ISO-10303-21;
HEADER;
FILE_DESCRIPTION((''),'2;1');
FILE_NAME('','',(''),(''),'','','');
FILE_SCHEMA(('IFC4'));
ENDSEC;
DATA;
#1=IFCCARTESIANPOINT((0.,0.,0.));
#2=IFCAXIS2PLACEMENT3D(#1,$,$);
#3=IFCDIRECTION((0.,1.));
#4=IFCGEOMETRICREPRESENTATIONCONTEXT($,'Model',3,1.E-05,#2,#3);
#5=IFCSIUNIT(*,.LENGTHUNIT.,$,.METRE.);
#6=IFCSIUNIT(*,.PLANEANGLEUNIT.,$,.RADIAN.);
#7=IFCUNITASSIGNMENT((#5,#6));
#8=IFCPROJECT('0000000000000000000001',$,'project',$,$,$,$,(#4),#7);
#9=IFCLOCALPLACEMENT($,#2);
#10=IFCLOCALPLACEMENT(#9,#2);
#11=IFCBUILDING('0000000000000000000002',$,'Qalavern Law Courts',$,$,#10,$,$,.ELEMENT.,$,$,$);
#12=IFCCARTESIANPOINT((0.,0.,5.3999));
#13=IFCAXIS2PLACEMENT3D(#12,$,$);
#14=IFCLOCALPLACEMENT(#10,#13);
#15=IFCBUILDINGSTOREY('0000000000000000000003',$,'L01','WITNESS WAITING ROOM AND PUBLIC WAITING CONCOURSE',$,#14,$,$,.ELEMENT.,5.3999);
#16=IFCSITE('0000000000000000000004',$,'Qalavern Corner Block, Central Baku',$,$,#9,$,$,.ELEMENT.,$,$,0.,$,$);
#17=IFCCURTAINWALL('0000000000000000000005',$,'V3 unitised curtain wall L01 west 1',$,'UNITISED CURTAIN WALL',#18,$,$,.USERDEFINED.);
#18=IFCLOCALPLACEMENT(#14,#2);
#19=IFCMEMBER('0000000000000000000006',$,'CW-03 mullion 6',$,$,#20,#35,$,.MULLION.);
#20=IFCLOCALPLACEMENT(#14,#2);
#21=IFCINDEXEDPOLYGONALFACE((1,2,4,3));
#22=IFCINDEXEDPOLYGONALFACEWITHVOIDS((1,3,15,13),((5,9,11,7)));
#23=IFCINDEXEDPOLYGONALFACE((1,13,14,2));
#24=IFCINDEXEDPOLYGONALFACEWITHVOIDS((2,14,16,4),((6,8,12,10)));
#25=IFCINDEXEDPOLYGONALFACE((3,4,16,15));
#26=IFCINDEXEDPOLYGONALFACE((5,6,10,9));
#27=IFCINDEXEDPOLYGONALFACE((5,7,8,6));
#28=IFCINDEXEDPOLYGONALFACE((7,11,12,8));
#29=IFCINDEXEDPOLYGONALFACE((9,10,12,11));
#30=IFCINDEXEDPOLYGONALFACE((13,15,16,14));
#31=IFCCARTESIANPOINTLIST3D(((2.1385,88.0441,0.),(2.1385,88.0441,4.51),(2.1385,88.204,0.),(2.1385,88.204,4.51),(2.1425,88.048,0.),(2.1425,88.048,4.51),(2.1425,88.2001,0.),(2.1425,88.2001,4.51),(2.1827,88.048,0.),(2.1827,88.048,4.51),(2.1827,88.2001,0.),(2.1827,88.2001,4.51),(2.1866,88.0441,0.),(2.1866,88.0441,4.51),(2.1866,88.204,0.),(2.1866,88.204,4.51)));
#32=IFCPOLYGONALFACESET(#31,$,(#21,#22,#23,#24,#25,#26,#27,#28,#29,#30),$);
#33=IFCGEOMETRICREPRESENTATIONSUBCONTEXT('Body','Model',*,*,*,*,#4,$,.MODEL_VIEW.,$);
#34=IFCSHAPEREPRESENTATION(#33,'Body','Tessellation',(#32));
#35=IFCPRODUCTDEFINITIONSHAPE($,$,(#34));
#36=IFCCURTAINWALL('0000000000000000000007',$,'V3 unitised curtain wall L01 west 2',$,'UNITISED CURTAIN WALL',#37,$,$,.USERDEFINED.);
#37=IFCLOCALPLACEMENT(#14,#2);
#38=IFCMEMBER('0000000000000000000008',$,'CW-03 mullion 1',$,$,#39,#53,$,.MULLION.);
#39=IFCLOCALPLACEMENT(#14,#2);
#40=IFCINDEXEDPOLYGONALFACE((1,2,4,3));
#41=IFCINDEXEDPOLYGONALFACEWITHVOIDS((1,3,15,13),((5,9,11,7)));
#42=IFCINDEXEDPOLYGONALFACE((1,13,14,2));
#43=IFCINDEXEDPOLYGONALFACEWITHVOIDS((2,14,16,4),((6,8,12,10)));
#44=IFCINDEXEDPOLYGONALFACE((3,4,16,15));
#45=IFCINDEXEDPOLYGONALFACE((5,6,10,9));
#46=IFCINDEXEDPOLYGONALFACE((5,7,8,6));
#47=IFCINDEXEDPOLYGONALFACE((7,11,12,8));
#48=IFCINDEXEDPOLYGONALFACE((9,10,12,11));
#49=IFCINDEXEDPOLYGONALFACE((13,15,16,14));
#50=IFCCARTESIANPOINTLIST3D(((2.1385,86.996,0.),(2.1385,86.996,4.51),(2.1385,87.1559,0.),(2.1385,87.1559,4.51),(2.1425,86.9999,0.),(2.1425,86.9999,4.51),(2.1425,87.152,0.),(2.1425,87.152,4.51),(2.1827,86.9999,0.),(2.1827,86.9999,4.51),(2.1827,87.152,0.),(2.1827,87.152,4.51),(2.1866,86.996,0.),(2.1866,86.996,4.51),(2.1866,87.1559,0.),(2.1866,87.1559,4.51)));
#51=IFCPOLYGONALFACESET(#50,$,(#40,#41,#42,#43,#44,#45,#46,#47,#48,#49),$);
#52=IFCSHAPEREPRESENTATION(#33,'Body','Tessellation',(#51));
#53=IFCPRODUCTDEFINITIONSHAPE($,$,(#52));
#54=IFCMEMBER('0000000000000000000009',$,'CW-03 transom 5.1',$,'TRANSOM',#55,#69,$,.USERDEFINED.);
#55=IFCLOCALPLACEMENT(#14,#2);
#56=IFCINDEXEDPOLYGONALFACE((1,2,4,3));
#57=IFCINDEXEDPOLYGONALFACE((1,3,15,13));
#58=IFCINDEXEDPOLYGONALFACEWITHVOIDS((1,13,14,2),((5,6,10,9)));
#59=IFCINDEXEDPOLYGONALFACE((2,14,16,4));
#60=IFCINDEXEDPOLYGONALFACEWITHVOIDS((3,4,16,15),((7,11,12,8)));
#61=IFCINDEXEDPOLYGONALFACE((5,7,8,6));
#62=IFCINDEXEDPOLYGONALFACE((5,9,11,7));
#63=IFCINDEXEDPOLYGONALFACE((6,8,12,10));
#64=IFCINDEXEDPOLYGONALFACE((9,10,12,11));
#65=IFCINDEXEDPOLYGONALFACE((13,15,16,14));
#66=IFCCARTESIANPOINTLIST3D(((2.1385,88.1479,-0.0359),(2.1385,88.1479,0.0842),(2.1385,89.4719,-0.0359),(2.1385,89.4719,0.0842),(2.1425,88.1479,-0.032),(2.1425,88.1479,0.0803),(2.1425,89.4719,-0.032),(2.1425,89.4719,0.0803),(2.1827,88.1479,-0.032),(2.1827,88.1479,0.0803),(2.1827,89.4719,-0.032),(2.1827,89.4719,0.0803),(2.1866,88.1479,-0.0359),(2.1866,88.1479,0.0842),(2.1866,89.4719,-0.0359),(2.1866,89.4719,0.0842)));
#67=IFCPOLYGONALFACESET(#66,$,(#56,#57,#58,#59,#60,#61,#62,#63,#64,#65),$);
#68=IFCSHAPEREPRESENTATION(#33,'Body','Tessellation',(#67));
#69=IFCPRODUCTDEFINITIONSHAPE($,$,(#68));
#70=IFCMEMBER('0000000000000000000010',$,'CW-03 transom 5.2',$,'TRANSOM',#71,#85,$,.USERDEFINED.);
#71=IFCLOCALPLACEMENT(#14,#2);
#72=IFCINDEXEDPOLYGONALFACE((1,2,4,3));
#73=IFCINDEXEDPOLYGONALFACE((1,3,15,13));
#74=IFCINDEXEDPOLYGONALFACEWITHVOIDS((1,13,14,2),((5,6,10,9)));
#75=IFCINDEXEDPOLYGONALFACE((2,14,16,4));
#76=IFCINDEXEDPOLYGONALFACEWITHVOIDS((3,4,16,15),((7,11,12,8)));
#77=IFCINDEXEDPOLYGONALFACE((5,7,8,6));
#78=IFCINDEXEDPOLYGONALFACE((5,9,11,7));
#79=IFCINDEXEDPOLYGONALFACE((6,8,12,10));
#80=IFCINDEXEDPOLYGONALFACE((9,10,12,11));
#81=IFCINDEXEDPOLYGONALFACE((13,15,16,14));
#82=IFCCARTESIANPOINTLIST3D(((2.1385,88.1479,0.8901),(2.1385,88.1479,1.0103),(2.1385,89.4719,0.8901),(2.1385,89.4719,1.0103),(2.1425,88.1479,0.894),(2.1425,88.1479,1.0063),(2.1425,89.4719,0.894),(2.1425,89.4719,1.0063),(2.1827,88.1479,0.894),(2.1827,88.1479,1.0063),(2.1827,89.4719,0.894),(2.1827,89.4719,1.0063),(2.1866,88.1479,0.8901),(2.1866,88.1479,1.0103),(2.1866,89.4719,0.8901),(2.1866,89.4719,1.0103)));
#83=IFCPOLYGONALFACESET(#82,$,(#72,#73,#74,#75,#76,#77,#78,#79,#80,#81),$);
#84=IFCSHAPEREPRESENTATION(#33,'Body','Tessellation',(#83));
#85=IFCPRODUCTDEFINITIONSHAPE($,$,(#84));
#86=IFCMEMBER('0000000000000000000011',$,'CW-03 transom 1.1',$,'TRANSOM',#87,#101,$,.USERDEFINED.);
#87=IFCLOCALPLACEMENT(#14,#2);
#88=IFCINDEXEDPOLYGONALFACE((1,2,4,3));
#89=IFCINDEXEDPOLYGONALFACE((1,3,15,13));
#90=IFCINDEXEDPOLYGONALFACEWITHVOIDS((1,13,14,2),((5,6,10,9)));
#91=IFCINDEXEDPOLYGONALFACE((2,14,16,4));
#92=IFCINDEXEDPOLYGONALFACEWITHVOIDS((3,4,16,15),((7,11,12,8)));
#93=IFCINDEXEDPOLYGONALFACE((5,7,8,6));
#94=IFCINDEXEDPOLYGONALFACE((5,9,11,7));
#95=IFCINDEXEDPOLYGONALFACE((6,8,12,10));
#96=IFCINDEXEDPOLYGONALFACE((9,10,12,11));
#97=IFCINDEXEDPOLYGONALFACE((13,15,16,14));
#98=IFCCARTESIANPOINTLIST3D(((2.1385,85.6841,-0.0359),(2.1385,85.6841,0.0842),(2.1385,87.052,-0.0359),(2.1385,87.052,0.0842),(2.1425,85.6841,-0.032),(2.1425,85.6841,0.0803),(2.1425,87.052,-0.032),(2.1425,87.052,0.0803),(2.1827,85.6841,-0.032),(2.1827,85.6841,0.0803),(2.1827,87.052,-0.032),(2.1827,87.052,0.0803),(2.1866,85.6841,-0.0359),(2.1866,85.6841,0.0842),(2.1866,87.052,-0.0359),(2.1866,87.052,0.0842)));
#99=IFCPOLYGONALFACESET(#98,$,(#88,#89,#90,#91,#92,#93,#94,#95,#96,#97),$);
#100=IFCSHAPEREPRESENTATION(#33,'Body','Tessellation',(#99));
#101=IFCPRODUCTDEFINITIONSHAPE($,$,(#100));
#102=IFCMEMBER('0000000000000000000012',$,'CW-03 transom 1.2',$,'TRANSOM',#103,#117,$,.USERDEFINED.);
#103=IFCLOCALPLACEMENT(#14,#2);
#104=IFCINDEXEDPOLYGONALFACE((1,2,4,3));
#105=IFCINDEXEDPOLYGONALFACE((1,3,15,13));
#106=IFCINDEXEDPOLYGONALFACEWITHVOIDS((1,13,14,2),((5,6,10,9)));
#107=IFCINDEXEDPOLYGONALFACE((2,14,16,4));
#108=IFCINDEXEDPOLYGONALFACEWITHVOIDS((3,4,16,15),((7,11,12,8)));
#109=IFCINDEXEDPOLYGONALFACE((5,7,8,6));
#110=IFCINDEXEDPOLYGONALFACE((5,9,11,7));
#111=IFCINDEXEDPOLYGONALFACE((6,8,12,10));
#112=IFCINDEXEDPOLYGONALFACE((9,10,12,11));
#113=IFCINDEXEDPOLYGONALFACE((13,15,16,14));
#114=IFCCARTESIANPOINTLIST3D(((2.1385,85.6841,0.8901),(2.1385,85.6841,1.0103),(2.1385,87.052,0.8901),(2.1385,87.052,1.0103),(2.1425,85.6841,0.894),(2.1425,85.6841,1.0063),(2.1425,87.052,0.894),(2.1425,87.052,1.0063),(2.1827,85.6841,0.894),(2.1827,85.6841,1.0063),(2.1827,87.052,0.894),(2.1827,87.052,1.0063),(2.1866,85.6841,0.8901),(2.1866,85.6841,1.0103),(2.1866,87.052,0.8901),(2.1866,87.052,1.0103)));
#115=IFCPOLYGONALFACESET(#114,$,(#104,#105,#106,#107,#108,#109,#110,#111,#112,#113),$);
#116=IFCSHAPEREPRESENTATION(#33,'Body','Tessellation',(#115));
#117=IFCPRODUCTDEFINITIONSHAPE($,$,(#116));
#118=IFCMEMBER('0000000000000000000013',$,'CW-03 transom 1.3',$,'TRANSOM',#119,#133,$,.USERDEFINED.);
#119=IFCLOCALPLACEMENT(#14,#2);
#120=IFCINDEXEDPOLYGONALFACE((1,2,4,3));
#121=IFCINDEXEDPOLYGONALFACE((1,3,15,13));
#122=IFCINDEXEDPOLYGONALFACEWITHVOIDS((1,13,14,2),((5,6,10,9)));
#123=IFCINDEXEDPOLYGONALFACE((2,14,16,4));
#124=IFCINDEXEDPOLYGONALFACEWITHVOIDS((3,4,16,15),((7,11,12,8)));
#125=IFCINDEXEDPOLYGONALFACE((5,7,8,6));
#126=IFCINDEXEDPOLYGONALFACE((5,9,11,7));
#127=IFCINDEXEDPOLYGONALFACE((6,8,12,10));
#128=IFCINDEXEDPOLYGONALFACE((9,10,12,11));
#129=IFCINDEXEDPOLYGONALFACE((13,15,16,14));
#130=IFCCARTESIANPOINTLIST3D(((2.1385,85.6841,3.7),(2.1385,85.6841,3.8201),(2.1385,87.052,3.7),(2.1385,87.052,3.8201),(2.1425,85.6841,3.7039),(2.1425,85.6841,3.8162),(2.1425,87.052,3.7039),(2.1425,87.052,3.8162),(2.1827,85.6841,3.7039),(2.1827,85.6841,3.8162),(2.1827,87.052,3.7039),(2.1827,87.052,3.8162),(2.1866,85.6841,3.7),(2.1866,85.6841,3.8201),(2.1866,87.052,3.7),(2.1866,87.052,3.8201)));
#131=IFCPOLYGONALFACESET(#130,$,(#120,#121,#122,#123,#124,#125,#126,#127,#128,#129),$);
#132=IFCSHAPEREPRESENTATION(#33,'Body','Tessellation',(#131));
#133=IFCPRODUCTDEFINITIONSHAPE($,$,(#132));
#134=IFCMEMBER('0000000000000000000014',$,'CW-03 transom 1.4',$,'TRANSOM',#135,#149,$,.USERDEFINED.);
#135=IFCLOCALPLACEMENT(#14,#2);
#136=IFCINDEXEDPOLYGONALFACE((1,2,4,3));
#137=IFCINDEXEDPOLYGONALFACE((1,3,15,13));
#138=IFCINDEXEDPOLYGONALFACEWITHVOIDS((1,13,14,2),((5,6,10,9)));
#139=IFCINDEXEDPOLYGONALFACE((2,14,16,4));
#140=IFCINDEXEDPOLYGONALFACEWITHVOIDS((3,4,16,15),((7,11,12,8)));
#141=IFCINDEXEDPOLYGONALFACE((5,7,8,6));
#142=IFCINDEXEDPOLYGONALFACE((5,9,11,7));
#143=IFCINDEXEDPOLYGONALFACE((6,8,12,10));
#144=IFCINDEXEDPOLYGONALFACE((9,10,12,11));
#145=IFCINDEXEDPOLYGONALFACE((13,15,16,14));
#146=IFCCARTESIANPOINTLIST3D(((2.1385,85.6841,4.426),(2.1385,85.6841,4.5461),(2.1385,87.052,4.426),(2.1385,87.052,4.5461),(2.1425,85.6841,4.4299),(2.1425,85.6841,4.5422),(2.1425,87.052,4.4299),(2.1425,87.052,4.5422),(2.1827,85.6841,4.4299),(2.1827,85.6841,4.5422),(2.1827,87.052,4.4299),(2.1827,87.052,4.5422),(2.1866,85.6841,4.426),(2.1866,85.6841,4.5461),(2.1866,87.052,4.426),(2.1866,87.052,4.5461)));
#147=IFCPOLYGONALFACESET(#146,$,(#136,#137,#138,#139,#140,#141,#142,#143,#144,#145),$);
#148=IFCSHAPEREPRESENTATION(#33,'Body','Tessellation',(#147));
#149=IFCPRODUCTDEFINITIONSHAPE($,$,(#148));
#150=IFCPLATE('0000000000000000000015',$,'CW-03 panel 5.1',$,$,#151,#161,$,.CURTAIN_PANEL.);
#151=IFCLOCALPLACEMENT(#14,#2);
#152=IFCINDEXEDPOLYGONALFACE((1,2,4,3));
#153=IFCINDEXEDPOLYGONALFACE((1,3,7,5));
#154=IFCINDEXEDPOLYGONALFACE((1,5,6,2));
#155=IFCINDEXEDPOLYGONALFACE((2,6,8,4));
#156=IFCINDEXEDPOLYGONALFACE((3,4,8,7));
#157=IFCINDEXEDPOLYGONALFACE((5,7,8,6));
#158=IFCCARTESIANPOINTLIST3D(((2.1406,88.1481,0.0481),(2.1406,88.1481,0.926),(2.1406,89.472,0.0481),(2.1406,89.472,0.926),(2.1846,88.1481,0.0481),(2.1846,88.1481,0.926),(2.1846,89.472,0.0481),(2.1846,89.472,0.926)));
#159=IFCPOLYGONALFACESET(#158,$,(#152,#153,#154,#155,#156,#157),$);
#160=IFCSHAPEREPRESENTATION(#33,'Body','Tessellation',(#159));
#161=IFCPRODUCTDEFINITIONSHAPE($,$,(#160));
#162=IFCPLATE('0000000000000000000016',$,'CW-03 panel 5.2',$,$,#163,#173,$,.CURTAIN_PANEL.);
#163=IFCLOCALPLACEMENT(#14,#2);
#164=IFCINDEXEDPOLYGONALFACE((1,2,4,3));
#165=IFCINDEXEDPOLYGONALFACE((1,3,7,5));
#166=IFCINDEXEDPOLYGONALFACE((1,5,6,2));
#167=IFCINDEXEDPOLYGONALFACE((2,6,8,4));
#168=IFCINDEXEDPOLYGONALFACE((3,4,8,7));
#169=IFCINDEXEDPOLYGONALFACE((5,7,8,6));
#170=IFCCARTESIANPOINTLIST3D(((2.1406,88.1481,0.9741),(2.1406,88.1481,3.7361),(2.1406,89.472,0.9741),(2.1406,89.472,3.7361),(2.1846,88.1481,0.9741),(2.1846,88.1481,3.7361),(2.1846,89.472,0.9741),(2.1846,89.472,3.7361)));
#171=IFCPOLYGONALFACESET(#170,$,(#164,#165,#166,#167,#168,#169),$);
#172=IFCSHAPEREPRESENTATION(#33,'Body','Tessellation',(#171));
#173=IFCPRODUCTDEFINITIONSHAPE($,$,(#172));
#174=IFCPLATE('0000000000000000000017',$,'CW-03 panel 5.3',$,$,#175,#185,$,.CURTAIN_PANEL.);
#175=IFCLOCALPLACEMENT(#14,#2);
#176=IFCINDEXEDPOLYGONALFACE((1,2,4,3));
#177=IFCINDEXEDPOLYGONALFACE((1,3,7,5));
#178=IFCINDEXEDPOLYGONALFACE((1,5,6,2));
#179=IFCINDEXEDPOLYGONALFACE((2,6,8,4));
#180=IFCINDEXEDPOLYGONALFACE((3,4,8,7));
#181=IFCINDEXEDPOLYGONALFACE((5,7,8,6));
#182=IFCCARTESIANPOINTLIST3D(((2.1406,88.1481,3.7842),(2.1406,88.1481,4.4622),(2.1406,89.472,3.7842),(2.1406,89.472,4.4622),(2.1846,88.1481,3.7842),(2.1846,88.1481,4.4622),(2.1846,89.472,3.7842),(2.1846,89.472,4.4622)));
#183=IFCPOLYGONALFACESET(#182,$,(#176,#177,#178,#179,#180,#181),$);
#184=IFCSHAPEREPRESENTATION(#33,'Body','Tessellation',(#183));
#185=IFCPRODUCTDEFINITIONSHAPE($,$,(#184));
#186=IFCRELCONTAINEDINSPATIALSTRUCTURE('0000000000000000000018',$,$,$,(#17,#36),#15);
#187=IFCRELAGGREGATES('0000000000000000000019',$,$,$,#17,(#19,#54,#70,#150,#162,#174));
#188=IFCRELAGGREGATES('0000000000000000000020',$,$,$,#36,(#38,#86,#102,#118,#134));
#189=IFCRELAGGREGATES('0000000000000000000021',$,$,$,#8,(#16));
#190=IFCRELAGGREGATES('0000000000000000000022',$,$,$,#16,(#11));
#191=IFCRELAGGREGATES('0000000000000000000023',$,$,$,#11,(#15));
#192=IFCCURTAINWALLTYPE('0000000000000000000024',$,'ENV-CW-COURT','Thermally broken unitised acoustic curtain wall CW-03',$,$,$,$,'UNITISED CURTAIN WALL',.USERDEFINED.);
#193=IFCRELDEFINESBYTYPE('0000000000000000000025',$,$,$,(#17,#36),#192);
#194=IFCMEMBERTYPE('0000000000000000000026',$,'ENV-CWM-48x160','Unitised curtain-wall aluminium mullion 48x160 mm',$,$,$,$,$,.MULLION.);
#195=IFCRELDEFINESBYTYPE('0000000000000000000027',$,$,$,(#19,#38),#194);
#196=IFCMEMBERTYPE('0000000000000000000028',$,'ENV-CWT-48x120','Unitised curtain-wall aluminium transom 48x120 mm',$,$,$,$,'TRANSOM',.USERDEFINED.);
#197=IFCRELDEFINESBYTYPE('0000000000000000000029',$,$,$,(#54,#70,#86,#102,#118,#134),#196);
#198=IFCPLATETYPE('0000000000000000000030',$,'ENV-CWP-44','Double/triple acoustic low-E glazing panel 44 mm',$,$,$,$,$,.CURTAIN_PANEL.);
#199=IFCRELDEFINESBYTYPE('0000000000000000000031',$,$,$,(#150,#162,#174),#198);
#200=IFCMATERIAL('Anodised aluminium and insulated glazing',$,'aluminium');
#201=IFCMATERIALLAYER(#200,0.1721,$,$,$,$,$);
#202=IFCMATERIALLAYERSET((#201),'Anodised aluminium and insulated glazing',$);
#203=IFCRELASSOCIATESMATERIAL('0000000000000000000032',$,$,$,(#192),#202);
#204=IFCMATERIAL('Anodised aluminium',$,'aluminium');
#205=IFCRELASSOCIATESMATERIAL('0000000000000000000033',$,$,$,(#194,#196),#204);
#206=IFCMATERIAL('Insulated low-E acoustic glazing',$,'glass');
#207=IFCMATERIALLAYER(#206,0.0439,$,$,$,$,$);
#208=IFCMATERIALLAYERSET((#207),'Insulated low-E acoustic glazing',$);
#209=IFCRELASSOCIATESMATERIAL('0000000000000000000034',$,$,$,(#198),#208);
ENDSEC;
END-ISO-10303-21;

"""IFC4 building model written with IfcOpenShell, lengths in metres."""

from ifc_helpers import new_model, si_unit, direction, frame, origin, origin_2d, place, context, subcontext, project, spatial, rectangle, hollow_rectangle, extrude, material, layer, layer_set, material_profile, profile_set, type_object, element, aggregate, save


model = new_model("IFC4")

# Units and contexts
model_context = context("Model", 3, precision=1e-05, world=origin(), true_north=direction((0.0, 1.0)))
body_context = subcontext(model_context, "Body", "Model", "MODEL_VIEW")
ifc_project = project(units=[si_unit("LENGTHUNIT", "METRE"), si_unit("PLANEANGLEUNIT", "RADIAN")], contexts=[model_context])

# Site, building, storey
site_placement = place(None, origin())
site = spatial("IfcSite", under=ifc_project, at=site_placement, Name="Qalavern Corner Block, Central Baku", CompositionType="ELEMENT", RefElevation=0.0)
building_placement = place(site_placement, origin())
building = spatial("IfcBuilding", under=site, at=building_placement, Name="Qalavern Law Courts", CompositionType="ELEMENT")
storey_placement = place(building_placement, frame((0.0, 0.0, 5.3999)))
storey = spatial("IfcBuildingStorey", under=building, at=storey_placement, Name="L01", Description="WITNESS WAITING ROOM AND PUBLIC WAITING CONCOURSE", CompositionType="ELEMENT", Elevation=5.3999)

# Curtain walls, members
ifc_material_1 = material(Name="Anodised aluminium and insulated glazing", Category="aluminium")
ifc_layer_1 = layer(ifc_material_1, 0.1721)
ifc_layer_set_1 = layer_set([ifc_layer_1], Name="Anodised aluminium and insulated glazing")
curtain_wall_type = type_object("IfcCurtainWallType", Name="ENV-CW-COURT", Description="Thermally broken unitised acoustic curtain wall CW-03", ElementType="UNITISED CURTAIN WALL", PredefinedType="USERDEFINED", material=ifc_layer_set_1)
curtain_wall_1_placement = place(storey_placement, origin())
curtain_wall_1 = element("IfcCurtainWall", 1, at=curtain_wall_1_placement, inside=storey, type_object=curtain_wall_type, Name="V3 unitised curtain wall L01 west 1", ObjectType="UNITISED CURTAIN WALL", PredefinedType="USERDEFINED")
ifc_material_2 = material(Name="Anodised aluminium", Category="aluminium")
ifc_material_profile_1 = material_profile(ifc_material_2, hollow_rectangle(XDim=0.0481, YDim=0.1599, WallThickness=0.0039, at=origin_2d()), Name="ALU MULLION 48x160")
ifc_profile_set_1 = profile_set([ifc_material_profile_1], Name="Anodised aluminium")
member_type_1 = type_object("IfcMemberType", Name="ENV-CWM-48x160", Description="Unitised curtain-wall aluminium mullion 48x160 mm", PredefinedType="MULLION", material=ifc_profile_set_1)
member_1_placement = place(storey_placement, frame((2.1626, 88.124, 0.0), z_axis=(0.0, 0.0, 1.0), x_axis=(1.0, 0.0, 0.0)))
member_1 = element("IfcMember", 2, at=member_1_placement, type_object=member_type_1, Name="CW-03 mullion 6", PredefinedType="MULLION", context=body_context, shape_type="SweptSolid", body=[
    extrude(hollow_rectangle(XDim=0.0481, YDim=0.1599, WallThickness=0.0039, at=origin_2d()), origin(), (0.0, 0.0, 1.0), 4.51),
])
curtain_wall_2_placement = place(storey_placement, origin())
curtain_wall_2 = element("IfcCurtainWall", 3, at=curtain_wall_2_placement, inside=storey, type_object=curtain_wall_type, Name="V3 unitised curtain wall L01 west 2", ObjectType="UNITISED CURTAIN WALL", PredefinedType="USERDEFINED")
member_2_placement = place(storey_placement, frame((2.1626, 87.0759, 0.0), z_axis=(0.0, 0.0, 1.0), x_axis=(1.0, 0.0, 0.0)))
member_2 = element("IfcMember", 4, at=member_2_placement, type_object=member_type_1, Name="CW-03 mullion 1", PredefinedType="MULLION", context=body_context, shape_type="SweptSolid", body=[
    extrude(hollow_rectangle(XDim=0.0481, YDim=0.1599, WallThickness=0.0039, at=origin_2d()), origin(), (0.0, 0.0, 1.0), 4.51),
])

# Members
ifc_material_profile_2 = material_profile(ifc_material_2, hollow_rectangle(XDim=0.0481, YDim=0.1201, WallThickness=0.0039, at=origin_2d()), Name="ALU TRANSOM 48x120")
ifc_profile_set_2 = profile_set([ifc_material_profile_2], Name="Anodised aluminium")
member_type_2 = type_object("IfcMemberType", Name="ENV-CWT-48x120", Description="Unitised curtain-wall aluminium transom 48x120 mm", ElementType="TRANSOM", PredefinedType="USERDEFINED", material=ifc_profile_set_2)
member_3_placement = place(storey_placement, frame((2.1626, 89.4719, 0.0242), z_axis=(0.0, -1.0, 0.0), x_axis=(1.0, 0.0, 0.0)))
member_3 = element("IfcMember", 5, at=member_3_placement, type_object=member_type_2, Name="CW-03 transom 5.1", ObjectType="TRANSOM", PredefinedType="USERDEFINED", context=body_context, shape_type="SweptSolid", body=[
    extrude(hollow_rectangle(XDim=0.0481, YDim=0.1201, WallThickness=0.0039, at=origin_2d()), origin(), (0.0, 0.0, 1.0), 1.324),
])
member_4_placement = place(storey_placement, frame((2.1626, 89.4719, 0.9502), z_axis=(0.0, -1.0, 0.0), x_axis=(1.0, 0.0, 0.0)))
member_4 = element("IfcMember", 6, at=member_4_placement, type_object=member_type_2, Name="CW-03 transom 5.2", ObjectType="TRANSOM", PredefinedType="USERDEFINED", context=body_context, shape_type="SweptSolid", body=[
    extrude(hollow_rectangle(XDim=0.0481, YDim=0.1201, WallThickness=0.0039, at=origin_2d()), origin(), (0.0, 0.0, 1.0), 1.324),
])
member_5_placement = place(storey_placement, frame((2.1626, 87.052, 0.0242), z_axis=(0.0, -1.0, 0.0), x_axis=(1.0, 0.0, 0.0)))
member_5 = element("IfcMember", 7, at=member_5_placement, type_object=member_type_2, Name="CW-03 transom 1.1", ObjectType="TRANSOM", PredefinedType="USERDEFINED", context=body_context, shape_type="SweptSolid", body=[
    extrude(hollow_rectangle(XDim=0.0481, YDim=0.1201, WallThickness=0.0039, at=origin_2d()), origin(), (0.0, 0.0, 1.0), 1.3679),
])
member_6_placement = place(storey_placement, frame((2.1626, 87.052, 0.9502), z_axis=(0.0, -1.0, 0.0), x_axis=(1.0, 0.0, 0.0)))
member_6 = element("IfcMember", 8, at=member_6_placement, type_object=member_type_2, Name="CW-03 transom 1.2", ObjectType="TRANSOM", PredefinedType="USERDEFINED", context=body_context, shape_type="SweptSolid", body=[
    extrude(hollow_rectangle(XDim=0.0481, YDim=0.1201, WallThickness=0.0039, at=origin_2d()), origin(), (0.0, 0.0, 1.0), 1.3679),
])
member_7_placement = place(storey_placement, frame((2.1626, 87.052, 3.76), z_axis=(0.0, -1.0, 0.0), x_axis=(1.0, 0.0, 0.0)))
member_7 = element("IfcMember", 9, at=member_7_placement, type_object=member_type_2, Name="CW-03 transom 1.3", ObjectType="TRANSOM", PredefinedType="USERDEFINED", context=body_context, shape_type="SweptSolid", body=[
    extrude(hollow_rectangle(XDim=0.0481, YDim=0.1201, WallThickness=0.0039, at=origin_2d()), origin(), (0.0, 0.0, 1.0), 1.3679),
])
member_8_placement = place(storey_placement, frame((2.1626, 87.052, 4.4861), z_axis=(0.0, -1.0, 0.0), x_axis=(1.0, 0.0, 0.0)))
member_8 = element("IfcMember", 10, at=member_8_placement, type_object=member_type_2, Name="CW-03 transom 1.4", ObjectType="TRANSOM", PredefinedType="USERDEFINED", context=body_context, shape_type="SweptSolid", body=[
    extrude(hollow_rectangle(XDim=0.0481, YDim=0.1201, WallThickness=0.0039, at=origin_2d()), origin(), (0.0, 0.0, 1.0), 1.3679),
])

# Plates
ifc_material_3 = material(Name="Insulated low-E acoustic glazing", Category="glass")
ifc_layer_2 = layer(ifc_material_3, 0.0439)
ifc_layer_set_2 = layer_set([ifc_layer_2], Name="Insulated low-E acoustic glazing")
plate_type_1 = type_object("IfcPlateType", Name="ENV-CWP-44", Description="Double/triple acoustic low-E glazing panel 44 mm", PredefinedType="CURTAIN_PANEL", material=ifc_layer_set_2)
plate_1_placement = place(storey_placement, frame((2.1626, 88.8101, 0.0481), z_axis=(0.0, 0.0, 1.0), x_axis=(0.0, -1.0, 0.0)))
plate_1 = element("IfcPlate", 11, at=plate_1_placement, type_object=plate_type_1, Name="CW-03 panel 5.1", PredefinedType="CURTAIN_PANEL", context=body_context, shape_type="SweptSolid", body=[
    extrude(rectangle(XDim=1.324, YDim=0.0439, at=origin_2d()), origin(), (0.0, 0.0, 1.0), 0.8779),
])
plate_2_placement = place(storey_placement, frame((2.1626, 88.8101, 0.9741), z_axis=(0.0, 0.0, 1.0), x_axis=(0.0, -1.0, 0.0)))
plate_2 = element("IfcPlate", 12, at=plate_2_placement, type_object=plate_type_1, Name="CW-03 panel 5.2", PredefinedType="CURTAIN_PANEL", context=body_context, shape_type="SweptSolid", body=[
    extrude(rectangle(XDim=1.324, YDim=0.0439, at=origin_2d()), origin(), (0.0, 0.0, 1.0), 2.762),
])
plate_3_placement = place(storey_placement, frame((2.1626, 88.8101, 3.7842), z_axis=(0.0, 0.0, 1.0), x_axis=(0.0, -1.0, 0.0)))
plate_3 = element("IfcPlate", 13, at=plate_3_placement, type_object=plate_type_1, Name="CW-03 panel 5.3", PredefinedType="CURTAIN_PANEL", context=body_context, shape_type="SweptSolid", body=[
    extrude(rectangle(XDim=1.324, YDim=0.0439, at=origin_2d()), origin(), (0.0, 0.0, 1.0), 0.678),
])
aggregate(curtain_wall_1, [member_1, member_3, member_4, plate_1, plate_2, plate_3])
aggregate(curtain_wall_2, [member_2, member_5, member_6, member_7, member_8])

save(model, "model.ifc")
